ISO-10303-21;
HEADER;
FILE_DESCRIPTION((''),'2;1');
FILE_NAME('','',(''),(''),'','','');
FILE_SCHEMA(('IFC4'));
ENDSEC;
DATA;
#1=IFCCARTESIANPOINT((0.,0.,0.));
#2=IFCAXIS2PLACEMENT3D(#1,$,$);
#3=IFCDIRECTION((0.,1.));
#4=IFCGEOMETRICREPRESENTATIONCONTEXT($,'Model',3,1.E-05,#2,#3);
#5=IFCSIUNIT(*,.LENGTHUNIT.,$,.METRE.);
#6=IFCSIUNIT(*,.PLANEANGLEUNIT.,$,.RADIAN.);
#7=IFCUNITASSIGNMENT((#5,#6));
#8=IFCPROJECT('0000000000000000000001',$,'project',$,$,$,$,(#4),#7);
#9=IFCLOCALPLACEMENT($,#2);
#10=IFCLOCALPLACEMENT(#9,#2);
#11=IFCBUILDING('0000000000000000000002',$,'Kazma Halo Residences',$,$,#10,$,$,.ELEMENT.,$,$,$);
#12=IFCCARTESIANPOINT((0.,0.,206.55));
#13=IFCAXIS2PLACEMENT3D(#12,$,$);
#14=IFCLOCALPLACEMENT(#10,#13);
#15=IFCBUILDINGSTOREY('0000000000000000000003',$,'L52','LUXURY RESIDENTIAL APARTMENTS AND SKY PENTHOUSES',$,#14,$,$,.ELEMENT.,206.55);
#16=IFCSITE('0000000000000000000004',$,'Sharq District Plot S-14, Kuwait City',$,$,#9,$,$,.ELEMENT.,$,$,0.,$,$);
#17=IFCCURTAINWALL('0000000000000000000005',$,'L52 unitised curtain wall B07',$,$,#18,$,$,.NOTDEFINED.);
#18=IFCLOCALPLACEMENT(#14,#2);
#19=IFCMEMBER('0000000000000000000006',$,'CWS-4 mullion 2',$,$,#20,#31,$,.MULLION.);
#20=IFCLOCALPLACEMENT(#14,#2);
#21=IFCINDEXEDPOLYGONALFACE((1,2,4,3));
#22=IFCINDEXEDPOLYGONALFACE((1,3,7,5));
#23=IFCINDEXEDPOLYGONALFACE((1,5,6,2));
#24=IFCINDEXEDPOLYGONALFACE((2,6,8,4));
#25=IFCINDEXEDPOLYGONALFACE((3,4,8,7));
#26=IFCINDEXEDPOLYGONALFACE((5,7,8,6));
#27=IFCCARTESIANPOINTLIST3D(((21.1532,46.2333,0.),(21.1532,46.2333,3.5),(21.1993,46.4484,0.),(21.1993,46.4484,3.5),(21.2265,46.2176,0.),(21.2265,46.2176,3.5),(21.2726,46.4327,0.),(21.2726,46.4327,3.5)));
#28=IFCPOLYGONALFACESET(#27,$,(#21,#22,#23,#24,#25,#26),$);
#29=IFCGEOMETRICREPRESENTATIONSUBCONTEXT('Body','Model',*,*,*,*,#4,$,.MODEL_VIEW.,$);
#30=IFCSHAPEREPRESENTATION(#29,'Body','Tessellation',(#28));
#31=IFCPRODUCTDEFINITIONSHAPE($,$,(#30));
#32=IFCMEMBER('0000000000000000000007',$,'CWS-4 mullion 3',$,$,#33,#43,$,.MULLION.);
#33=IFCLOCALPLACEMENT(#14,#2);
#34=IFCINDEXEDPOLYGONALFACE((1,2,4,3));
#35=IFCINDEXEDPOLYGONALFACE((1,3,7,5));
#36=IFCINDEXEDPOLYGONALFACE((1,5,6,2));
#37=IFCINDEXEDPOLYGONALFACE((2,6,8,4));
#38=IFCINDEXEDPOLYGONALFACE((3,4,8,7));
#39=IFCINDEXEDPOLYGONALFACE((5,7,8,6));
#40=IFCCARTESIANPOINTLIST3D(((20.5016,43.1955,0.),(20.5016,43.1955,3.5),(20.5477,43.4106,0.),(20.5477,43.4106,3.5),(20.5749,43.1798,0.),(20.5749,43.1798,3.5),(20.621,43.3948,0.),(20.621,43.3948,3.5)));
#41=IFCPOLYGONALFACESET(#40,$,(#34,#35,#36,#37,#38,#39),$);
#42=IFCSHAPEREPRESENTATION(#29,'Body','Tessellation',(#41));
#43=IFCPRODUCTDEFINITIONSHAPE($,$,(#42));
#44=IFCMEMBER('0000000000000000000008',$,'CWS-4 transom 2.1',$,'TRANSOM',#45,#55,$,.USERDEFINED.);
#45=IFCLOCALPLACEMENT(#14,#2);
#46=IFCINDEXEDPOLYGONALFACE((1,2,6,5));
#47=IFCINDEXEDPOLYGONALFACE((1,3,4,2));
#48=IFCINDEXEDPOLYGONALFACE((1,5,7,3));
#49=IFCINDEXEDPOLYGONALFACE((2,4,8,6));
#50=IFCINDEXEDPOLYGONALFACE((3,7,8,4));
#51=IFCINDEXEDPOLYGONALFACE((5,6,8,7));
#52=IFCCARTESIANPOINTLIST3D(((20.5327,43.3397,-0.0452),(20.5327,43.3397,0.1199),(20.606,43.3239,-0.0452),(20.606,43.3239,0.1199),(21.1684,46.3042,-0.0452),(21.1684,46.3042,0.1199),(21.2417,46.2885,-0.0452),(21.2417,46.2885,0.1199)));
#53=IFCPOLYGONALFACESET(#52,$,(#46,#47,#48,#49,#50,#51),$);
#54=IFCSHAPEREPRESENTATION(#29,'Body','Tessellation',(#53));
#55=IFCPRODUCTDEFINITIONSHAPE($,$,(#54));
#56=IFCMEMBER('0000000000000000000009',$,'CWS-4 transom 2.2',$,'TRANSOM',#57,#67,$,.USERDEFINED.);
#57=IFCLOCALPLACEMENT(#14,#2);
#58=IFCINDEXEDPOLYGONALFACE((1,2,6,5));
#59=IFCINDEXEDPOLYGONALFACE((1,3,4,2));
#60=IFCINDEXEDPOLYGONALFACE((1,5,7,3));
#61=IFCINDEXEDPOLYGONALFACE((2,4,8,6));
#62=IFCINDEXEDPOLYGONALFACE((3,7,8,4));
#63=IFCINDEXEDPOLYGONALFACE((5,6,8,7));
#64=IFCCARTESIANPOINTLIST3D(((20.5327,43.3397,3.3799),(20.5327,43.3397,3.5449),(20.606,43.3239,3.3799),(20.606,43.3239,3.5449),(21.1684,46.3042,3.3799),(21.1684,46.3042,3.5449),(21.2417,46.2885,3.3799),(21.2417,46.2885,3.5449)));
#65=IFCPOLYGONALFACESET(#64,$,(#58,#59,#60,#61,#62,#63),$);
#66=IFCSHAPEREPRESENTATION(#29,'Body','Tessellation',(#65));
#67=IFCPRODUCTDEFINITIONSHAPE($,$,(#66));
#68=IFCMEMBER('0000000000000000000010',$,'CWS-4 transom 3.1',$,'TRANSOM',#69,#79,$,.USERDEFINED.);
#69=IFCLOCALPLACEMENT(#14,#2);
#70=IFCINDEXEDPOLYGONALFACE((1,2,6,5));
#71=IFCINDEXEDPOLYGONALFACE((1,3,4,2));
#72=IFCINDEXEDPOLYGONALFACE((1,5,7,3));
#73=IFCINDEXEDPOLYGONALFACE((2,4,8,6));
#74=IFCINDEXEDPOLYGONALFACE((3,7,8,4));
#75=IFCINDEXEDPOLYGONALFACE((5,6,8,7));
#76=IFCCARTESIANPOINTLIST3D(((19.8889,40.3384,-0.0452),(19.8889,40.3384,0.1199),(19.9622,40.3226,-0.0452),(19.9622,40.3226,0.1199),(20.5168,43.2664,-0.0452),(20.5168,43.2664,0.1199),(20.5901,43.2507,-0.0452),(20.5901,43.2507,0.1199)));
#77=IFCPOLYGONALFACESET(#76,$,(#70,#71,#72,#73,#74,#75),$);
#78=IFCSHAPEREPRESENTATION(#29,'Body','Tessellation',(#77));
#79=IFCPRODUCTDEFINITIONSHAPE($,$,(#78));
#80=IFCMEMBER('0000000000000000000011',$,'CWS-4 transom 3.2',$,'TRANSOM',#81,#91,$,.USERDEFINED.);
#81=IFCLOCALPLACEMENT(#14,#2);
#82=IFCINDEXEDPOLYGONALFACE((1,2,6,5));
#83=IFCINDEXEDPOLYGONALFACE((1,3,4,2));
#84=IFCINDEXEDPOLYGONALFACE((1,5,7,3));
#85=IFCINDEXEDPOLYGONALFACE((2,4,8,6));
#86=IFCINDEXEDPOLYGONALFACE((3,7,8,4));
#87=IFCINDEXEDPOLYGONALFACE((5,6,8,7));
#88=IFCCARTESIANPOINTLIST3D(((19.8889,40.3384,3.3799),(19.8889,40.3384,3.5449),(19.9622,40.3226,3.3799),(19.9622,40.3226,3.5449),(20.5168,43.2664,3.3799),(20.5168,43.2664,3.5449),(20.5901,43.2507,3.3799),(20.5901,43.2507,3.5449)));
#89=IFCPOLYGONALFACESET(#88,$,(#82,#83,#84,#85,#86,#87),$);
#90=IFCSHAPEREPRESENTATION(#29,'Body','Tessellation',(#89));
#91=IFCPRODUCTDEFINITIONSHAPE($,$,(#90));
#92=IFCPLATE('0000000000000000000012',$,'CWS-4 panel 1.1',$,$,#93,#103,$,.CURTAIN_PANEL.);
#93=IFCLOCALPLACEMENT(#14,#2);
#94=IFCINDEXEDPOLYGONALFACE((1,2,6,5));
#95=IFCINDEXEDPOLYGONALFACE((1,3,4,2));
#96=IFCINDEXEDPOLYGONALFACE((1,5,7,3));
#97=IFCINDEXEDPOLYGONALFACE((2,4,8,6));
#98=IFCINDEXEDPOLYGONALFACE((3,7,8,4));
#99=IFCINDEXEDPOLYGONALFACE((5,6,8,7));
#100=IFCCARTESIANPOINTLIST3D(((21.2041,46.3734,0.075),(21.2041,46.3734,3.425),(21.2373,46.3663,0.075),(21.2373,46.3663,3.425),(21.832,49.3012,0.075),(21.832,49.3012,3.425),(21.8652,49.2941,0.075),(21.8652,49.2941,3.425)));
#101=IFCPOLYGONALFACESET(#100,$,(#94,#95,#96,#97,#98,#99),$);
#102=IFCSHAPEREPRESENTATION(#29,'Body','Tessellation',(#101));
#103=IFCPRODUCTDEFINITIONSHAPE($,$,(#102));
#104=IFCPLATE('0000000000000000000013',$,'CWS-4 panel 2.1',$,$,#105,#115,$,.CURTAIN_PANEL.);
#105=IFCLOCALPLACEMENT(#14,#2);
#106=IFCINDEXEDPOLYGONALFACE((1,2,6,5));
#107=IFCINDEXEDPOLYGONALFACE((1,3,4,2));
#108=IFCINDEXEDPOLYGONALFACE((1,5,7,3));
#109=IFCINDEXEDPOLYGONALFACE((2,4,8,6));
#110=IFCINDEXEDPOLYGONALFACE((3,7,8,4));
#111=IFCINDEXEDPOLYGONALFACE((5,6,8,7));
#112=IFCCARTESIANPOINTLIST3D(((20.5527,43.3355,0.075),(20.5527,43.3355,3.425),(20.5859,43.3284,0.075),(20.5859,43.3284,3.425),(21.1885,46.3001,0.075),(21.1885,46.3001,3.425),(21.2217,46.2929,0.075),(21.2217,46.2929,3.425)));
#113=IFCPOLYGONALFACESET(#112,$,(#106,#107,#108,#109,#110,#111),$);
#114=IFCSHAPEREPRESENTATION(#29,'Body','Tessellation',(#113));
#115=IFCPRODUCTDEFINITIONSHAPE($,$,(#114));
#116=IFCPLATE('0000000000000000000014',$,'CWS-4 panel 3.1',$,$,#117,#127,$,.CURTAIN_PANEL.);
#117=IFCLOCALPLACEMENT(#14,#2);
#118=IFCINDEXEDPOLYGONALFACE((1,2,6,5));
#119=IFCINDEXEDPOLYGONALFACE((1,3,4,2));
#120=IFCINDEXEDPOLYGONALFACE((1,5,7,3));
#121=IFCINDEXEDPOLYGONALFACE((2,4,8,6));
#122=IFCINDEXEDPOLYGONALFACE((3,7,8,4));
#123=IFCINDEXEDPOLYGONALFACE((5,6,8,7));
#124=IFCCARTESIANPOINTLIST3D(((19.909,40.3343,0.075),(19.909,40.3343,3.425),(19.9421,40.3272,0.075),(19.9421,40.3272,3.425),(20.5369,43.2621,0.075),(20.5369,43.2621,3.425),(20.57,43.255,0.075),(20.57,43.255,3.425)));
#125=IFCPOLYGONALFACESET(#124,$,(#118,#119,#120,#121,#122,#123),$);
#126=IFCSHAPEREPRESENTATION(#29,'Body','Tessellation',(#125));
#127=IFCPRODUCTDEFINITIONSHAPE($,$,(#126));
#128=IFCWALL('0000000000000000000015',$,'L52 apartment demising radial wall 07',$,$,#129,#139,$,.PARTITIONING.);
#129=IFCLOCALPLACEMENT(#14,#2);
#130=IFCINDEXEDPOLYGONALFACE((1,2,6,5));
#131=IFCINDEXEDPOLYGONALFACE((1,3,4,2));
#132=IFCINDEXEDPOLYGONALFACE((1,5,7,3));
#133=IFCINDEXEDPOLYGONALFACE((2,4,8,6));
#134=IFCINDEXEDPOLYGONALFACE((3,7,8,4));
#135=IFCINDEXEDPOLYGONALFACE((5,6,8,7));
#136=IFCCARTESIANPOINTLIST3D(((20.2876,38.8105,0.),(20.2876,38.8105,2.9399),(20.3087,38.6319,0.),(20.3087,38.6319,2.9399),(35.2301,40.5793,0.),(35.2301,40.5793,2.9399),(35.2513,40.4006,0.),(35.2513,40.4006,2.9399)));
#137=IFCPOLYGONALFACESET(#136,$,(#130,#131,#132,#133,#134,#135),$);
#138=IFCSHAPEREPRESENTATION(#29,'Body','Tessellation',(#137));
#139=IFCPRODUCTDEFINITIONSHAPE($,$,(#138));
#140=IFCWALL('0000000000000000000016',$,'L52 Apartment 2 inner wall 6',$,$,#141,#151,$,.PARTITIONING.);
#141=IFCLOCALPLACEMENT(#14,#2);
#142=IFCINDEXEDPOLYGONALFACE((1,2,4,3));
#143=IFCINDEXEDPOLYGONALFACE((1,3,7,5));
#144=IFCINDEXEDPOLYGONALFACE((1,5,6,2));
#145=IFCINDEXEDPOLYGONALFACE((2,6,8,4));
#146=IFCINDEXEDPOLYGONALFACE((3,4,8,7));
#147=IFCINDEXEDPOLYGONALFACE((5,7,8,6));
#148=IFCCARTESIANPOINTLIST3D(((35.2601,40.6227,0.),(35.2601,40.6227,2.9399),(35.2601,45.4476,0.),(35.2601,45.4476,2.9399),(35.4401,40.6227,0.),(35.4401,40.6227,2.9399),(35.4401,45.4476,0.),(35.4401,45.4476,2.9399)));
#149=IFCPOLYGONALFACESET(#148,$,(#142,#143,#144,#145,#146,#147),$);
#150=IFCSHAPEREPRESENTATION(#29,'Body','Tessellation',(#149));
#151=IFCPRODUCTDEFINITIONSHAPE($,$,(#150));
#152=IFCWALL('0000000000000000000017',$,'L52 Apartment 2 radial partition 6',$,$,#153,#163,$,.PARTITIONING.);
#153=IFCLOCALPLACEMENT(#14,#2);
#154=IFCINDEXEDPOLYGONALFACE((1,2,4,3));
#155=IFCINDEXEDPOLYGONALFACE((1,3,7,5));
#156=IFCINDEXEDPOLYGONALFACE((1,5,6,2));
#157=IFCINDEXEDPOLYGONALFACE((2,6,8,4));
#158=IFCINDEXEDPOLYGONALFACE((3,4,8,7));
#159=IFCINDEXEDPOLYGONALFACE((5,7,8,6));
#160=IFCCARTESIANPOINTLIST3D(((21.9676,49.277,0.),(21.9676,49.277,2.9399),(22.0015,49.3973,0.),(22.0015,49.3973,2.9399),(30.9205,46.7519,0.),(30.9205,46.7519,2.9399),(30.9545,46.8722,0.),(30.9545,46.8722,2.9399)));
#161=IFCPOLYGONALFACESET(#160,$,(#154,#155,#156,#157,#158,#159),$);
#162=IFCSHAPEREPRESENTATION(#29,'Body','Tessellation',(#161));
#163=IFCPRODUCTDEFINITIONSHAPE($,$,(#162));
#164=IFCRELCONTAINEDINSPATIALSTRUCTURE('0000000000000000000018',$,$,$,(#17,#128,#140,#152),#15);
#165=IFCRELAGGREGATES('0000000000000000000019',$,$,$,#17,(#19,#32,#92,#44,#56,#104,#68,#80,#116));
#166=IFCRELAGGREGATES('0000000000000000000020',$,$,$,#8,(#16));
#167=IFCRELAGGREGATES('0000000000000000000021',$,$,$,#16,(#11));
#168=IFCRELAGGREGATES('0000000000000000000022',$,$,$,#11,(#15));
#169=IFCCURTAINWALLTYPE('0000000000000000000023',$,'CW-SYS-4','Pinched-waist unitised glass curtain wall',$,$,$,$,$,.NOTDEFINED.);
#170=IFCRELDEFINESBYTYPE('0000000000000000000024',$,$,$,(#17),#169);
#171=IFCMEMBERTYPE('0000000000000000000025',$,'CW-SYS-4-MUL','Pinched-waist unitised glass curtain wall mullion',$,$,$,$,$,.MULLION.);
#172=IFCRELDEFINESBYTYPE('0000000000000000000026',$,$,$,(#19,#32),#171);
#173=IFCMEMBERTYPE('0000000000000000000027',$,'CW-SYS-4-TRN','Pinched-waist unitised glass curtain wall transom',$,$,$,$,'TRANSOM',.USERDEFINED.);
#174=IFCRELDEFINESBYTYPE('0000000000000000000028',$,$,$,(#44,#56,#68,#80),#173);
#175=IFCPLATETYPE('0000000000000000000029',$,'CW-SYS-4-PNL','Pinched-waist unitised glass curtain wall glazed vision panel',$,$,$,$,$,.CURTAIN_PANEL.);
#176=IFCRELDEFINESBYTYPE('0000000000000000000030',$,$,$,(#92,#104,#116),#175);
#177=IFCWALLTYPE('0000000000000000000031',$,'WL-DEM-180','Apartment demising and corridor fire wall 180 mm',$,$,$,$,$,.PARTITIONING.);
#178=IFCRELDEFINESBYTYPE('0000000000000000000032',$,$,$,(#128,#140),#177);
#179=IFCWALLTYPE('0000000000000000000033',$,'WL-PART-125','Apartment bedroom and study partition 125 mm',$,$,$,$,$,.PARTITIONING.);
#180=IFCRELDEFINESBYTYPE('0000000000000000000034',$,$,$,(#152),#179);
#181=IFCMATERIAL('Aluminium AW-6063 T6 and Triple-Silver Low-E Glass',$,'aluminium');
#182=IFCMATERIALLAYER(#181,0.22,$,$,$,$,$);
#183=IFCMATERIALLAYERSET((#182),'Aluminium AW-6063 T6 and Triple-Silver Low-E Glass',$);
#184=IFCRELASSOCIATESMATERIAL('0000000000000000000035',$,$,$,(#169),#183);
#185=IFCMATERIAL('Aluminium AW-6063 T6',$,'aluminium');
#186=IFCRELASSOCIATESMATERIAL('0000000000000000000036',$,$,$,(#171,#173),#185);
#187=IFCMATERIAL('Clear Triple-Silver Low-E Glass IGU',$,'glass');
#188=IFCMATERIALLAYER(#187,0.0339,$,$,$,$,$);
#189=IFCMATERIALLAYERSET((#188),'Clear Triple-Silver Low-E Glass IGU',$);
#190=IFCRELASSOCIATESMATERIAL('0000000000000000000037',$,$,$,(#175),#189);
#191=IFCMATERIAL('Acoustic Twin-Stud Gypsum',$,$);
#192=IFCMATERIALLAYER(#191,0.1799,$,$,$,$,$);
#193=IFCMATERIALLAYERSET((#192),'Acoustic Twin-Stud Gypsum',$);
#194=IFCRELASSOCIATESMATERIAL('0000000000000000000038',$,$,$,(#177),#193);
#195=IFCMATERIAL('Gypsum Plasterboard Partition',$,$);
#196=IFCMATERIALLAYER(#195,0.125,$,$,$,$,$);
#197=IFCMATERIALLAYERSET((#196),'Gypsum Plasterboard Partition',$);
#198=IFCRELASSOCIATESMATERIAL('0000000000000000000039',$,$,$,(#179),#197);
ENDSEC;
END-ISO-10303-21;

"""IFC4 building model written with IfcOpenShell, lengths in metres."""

from ifc_helpers import new_model, si_unit, direction, frame, frame_2d, origin, origin_2d, place, context, subcontext, project, spatial, rectangle, extrude, material, layer, layer_set, material_profile, profile_set, type_object, element, aggregate, save


model = new_model("IFC4")

# Units and contexts
model_context = context("Model", 3, precision=1e-05, world=origin(), true_north=direction((0.0, 1.0)))
body_context = subcontext(model_context, "Body", "Model", "MODEL_VIEW")
ifc_project = project(units=[si_unit("LENGTHUNIT", "METRE"), si_unit("PLANEANGLEUNIT", "RADIAN")], contexts=[model_context])

# Site, building, storey
site_placement = place(None, origin())
site = spatial("IfcSite", under=ifc_project, at=site_placement, Name="Sharq District Plot S-14, Kuwait City", CompositionType="ELEMENT", RefElevation=0.0)
building_placement = place(site_placement, origin())
building = spatial("IfcBuilding", under=site, at=building_placement, Name="Kazma Halo Residences", CompositionType="ELEMENT")
storey_placement = place(building_placement, frame((0.0, 0.0, 206.55)))
storey = spatial("IfcBuildingStorey", under=building, at=storey_placement, Name="L52", Description="LUXURY RESIDENTIAL APARTMENTS AND SKY PENTHOUSES", CompositionType="ELEMENT", Elevation=206.55)

# Curtain wall, members, plates
ifc_material_1 = material(Name="Aluminium AW-6063 T6 and Triple-Silver Low-E Glass", Category="aluminium")
ifc_layer_1 = layer(ifc_material_1, 0.22)
ifc_layer_set_1 = layer_set([ifc_layer_1], Name="Aluminium AW-6063 T6 and Triple-Silver Low-E Glass")
curtain_wall_type = type_object("IfcCurtainWallType", Name="CW-SYS-4", Description="Pinched-waist unitised glass curtain wall", PredefinedType="NOTDEFINED", material=ifc_layer_set_1)
curtain_wall_placement = place(storey_placement, origin())
curtain_wall = element("IfcCurtainWall", 1, at=curtain_wall_placement, inside=storey, type_object=curtain_wall_type, Name="L52 unitised curtain wall B07", PredefinedType="NOTDEFINED")
ifc_material_2 = material(Name="Aluminium AW-6063 T6", Category="aluminium")
ifc_material_profile_1 = material_profile(ifc_material_2, rectangle(XDim=0.075, YDim=0.22, at=origin_2d()), Name="CWM-75x220")
ifc_profile_set_1 = profile_set([ifc_material_profile_1], Name="Aluminium AW-6063 T6")
member_type_1 = type_object("IfcMemberType", Name="CW-SYS-4-MUL", Description="Pinched-waist unitised glass curtain wall mullion", PredefinedType="MULLION", material=ifc_profile_set_1)
member_1_placement = place(storey_placement, frame((21.2129, 46.333, 0.0), z_axis=(0.0, 0.0, 1.0), x_axis=(0.977768, -0.20969, 0.0)))
member_1 = element("IfcMember", 2, at=member_1_placement, type_object=member_type_1, Name="CWS-4 mullion 2", PredefinedType="MULLION", context=body_context, shape_type="SweptSolid", body=[
    extrude(rectangle(XDim=0.075, YDim=0.22, at=origin_2d()), origin(), (0.0, 0.0, 1.0), 3.5),
])
member_2_placement = place(storey_placement, frame((20.5613, 43.2952, 0.0), z_axis=(0.0, 0.0, 1.0), x_axis=(0.977768, -0.20969, 0.0)))
member_2 = element("IfcMember", 3, at=member_2_placement, type_object=member_type_1, Name="CWS-4 mullion 3", PredefinedType="MULLION", context=body_context, shape_type="SweptSolid", body=[
    extrude(rectangle(XDim=0.075, YDim=0.22, at=origin_2d()), origin(), (0.0, 0.0, 1.0), 3.5),
])
ifc_material_profile_2 = material_profile(ifc_material_2, rectangle(XDim=0.075, YDim=0.165, at=origin_2d()), Name="CWT-75x165")
ifc_profile_set_2 = profile_set([ifc_material_profile_2], Name="Aluminium AW-6063 T6")
member_type_2 = type_object("IfcMemberType", Name="CW-SYS-4-TRN", Description="Pinched-waist unitised glass curtain wall transom", ElementType="TRANSOM", PredefinedType="USERDEFINED", material=ifc_profile_set_2)
member_3_placement = place(storey_placement, frame((21.2051, 46.2964, 0.0374), z_axis=(-0.209678, -0.977771, 0.0), x_axis=(0.977771, -0.209678, 0.0)))
member_3 = element("IfcMember", 4, at=member_3_placement, type_object=member_type_2, Name="CWS-4 transom 2.1", ObjectType="TRANSOM", PredefinedType="USERDEFINED", context=body_context, shape_type="SweptSolid", body=[
    extrude(rectangle(XDim=0.075, YDim=0.165, at=origin_2d()), origin(), (0.0, 0.0, 1.0), 3.032),
])
member_4_placement = place(storey_placement, frame((21.2051, 46.2964, 3.4624), z_axis=(-0.209678, -0.977771, 0.0), x_axis=(0.977771, -0.209678, 0.0)))
member_4 = element("IfcMember", 5, at=member_4_placement, type_object=member_type_2, Name="CWS-4 transom 2.2", ObjectType="TRANSOM", PredefinedType="USERDEFINED", context=body_context, shape_type="SweptSolid", body=[
    extrude(rectangle(XDim=0.075, YDim=0.165, at=origin_2d()), origin(), (0.0, 0.0, 1.0), 3.032),
])
member_5_placement = place(storey_placement, frame((20.5535, 43.2585, 0.0374), z_axis=(-0.209691, -0.977768, 0.0), x_axis=(0.977768, -0.209691, 0.0)))
member_5 = element("IfcMember", 6, at=member_5_placement, type_object=member_type_2, Name="CWS-4 transom 3.1", ObjectType="TRANSOM", PredefinedType="USERDEFINED", context=body_context, shape_type="SweptSolid", body=[
    extrude(rectangle(XDim=0.075, YDim=0.165, at=origin_2d()), origin(), (0.0, 0.0, 1.0), 2.9946),
])
member_6_placement = place(storey_placement, frame((20.5535, 43.2585, 3.4624), z_axis=(-0.209691, -0.977768, 0.0), x_axis=(0.977768, -0.209691, 0.0)))
member_6 = element("IfcMember", 7, at=member_6_placement, type_object=member_type_2, Name="CWS-4 transom 3.2", ObjectType="TRANSOM", PredefinedType="USERDEFINED", context=body_context, shape_type="SweptSolid", body=[
    extrude(rectangle(XDim=0.075, YDim=0.165, at=origin_2d()), origin(), (0.0, 0.0, 1.0), 2.9946),
])
ifc_material_3 = material(Name="Clear Triple-Silver Low-E Glass IGU", Category="glass")
ifc_layer_2 = layer(ifc_material_3, 0.0339)
ifc_layer_set_2 = layer_set([ifc_layer_2], Name="Clear Triple-Silver Low-E Glass IGU")
plate_type = type_object("IfcPlateType", Name="CW-SYS-4-PNL", Description="Pinched-waist unitised glass curtain wall glazed vision panel", PredefinedType="CURTAIN_PANEL", material=ifc_layer_set_2)
plate_1_placement = place(storey_placement, frame((21.5347, 47.8337, 0.075), z_axis=(0.0, 0.0, 1.0), x_axis=(-0.20969, -0.977768, 0.0)))
plate_1 = element("IfcPlate", 8, at=plate_1_placement, type_object=plate_type, Name="CWS-4 panel 1.1", PredefinedType="CURTAIN_PANEL", context=body_context, shape_type="SweptSolid", body=[
    extrude(rectangle(XDim=2.9944, YDim=0.0339, at=origin_2d()), origin(), (0.0, 0.0, 1.0), 3.3501),
])
plate_2_placement = place(storey_placement, frame((20.8872, 44.8142, 0.075), z_axis=(0.0, 0.0, 1.0), x_axis=(-0.20969, -0.977768, 0.0)))
plate_2 = element("IfcPlate", 9, at=plate_2_placement, type_object=plate_type, Name="CWS-4 panel 2.1", PredefinedType="CURTAIN_PANEL", context=body_context, shape_type="SweptSolid", body=[
    extrude(rectangle(XDim=3.032, YDim=0.0339, at=origin_2d()), origin(), (0.0, 0.0, 1.0), 3.3501),
])
plate_3_placement = place(storey_placement, frame((20.2395, 41.7947, 0.075), z_axis=(0.0, 0.0, 1.0), x_axis=(-0.20969, -0.977768, 0.0)))
plate_3 = element("IfcPlate", 10, at=plate_3_placement, type_object=plate_type, Name="CWS-4 panel 3.1", PredefinedType="CURTAIN_PANEL", context=body_context, shape_type="SweptSolid", body=[
    extrude(rectangle(XDim=2.9944, YDim=0.0339, at=origin_2d()), origin(), (0.0, 0.0, 1.0), 3.3501),
])
aggregate(curtain_wall, [member_1, member_2, plate_1, member_3, member_4, plate_2, member_5, member_6, plate_3])

# Walls
ifc_material_4 = material(Name="Acoustic Twin-Stud Gypsum")
ifc_layer_3 = layer(ifc_material_4, 0.1799)
ifc_layer_set_3 = layer_set([ifc_layer_3], Name="Acoustic Twin-Stud Gypsum")
wall_type_1 = type_object("IfcWallType", Name="WL-DEM-180", Description="Apartment demising and corridor fire wall 180 mm", PredefinedType="PARTITIONING", material=ifc_layer_set_3)
wall_1_placement = place(storey_placement, frame((35.2407, 40.49, 0.0), z_axis=(0.0, 0.0, 1.0), x_axis=(-0.993067, -0.117552, 0.0)))
element("IfcWall", 11, at=wall_1_placement, inside=storey, type_object=wall_type_1, Name="L52 apartment demising radial wall 07", PredefinedType="PARTITIONING", context=body_context, shape_type="SweptSolid", body=[
    extrude(rectangle(XDim=15.0469, YDim=0.1799, at=frame_2d((7.5234, 0.0))), origin(), (0.0, 0.0, 1.0), 2.9399),
])
wall_2_placement = place(storey_placement, frame((35.3501, 45.4478, 0.0), z_axis=(0.0, 0.0, 1.0), x_axis=(0.0, -1.0, 0.0)))
element("IfcWall", 12, at=wall_2_placement, inside=storey, type_object=wall_type_1, Name="L52 Apartment 2 inner wall 6", PredefinedType="PARTITIONING", context=body_context, shape_type="SweptSolid", body=[
    extrude(rectangle(XDim=4.825, YDim=0.1799, at=frame_2d((2.4126, 0.0))), origin(), (0.0, 0.0, 1.0), 2.9399),
])
ifc_material_5 = material(Name="Gypsum Plasterboard Partition")
ifc_layer_4 = layer(ifc_material_5, 0.125)
ifc_layer_set_4 = layer_set([ifc_layer_4], Name="Gypsum Plasterboard Partition")
wall_type_2 = type_object("IfcWallType", Name="WL-PART-125", Description="Apartment bedroom and study partition 125 mm", PredefinedType="PARTITIONING", material=ifc_layer_set_4)
wall_3_placement = place(storey_placement, frame((30.9375, 46.812, 0.0), z_axis=(0.0, 0.0, 1.0), x_axis=(-0.96245, 0.271458, 0.0)))
element("IfcWall", 13, at=wall_3_placement, inside=storey, type_object=wall_type_2, Name="L52 Apartment 2 radial partition 6", PredefinedType="PARTITIONING", context=body_context, shape_type="SweptSolid", body=[
    extrude(rectangle(XDim=9.3022, YDim=0.125, at=frame_2d((4.6511, 0.0))), origin(), (0.0, 0.0, 1.0), 2.9399),
])

save(model, "model.ifc")
